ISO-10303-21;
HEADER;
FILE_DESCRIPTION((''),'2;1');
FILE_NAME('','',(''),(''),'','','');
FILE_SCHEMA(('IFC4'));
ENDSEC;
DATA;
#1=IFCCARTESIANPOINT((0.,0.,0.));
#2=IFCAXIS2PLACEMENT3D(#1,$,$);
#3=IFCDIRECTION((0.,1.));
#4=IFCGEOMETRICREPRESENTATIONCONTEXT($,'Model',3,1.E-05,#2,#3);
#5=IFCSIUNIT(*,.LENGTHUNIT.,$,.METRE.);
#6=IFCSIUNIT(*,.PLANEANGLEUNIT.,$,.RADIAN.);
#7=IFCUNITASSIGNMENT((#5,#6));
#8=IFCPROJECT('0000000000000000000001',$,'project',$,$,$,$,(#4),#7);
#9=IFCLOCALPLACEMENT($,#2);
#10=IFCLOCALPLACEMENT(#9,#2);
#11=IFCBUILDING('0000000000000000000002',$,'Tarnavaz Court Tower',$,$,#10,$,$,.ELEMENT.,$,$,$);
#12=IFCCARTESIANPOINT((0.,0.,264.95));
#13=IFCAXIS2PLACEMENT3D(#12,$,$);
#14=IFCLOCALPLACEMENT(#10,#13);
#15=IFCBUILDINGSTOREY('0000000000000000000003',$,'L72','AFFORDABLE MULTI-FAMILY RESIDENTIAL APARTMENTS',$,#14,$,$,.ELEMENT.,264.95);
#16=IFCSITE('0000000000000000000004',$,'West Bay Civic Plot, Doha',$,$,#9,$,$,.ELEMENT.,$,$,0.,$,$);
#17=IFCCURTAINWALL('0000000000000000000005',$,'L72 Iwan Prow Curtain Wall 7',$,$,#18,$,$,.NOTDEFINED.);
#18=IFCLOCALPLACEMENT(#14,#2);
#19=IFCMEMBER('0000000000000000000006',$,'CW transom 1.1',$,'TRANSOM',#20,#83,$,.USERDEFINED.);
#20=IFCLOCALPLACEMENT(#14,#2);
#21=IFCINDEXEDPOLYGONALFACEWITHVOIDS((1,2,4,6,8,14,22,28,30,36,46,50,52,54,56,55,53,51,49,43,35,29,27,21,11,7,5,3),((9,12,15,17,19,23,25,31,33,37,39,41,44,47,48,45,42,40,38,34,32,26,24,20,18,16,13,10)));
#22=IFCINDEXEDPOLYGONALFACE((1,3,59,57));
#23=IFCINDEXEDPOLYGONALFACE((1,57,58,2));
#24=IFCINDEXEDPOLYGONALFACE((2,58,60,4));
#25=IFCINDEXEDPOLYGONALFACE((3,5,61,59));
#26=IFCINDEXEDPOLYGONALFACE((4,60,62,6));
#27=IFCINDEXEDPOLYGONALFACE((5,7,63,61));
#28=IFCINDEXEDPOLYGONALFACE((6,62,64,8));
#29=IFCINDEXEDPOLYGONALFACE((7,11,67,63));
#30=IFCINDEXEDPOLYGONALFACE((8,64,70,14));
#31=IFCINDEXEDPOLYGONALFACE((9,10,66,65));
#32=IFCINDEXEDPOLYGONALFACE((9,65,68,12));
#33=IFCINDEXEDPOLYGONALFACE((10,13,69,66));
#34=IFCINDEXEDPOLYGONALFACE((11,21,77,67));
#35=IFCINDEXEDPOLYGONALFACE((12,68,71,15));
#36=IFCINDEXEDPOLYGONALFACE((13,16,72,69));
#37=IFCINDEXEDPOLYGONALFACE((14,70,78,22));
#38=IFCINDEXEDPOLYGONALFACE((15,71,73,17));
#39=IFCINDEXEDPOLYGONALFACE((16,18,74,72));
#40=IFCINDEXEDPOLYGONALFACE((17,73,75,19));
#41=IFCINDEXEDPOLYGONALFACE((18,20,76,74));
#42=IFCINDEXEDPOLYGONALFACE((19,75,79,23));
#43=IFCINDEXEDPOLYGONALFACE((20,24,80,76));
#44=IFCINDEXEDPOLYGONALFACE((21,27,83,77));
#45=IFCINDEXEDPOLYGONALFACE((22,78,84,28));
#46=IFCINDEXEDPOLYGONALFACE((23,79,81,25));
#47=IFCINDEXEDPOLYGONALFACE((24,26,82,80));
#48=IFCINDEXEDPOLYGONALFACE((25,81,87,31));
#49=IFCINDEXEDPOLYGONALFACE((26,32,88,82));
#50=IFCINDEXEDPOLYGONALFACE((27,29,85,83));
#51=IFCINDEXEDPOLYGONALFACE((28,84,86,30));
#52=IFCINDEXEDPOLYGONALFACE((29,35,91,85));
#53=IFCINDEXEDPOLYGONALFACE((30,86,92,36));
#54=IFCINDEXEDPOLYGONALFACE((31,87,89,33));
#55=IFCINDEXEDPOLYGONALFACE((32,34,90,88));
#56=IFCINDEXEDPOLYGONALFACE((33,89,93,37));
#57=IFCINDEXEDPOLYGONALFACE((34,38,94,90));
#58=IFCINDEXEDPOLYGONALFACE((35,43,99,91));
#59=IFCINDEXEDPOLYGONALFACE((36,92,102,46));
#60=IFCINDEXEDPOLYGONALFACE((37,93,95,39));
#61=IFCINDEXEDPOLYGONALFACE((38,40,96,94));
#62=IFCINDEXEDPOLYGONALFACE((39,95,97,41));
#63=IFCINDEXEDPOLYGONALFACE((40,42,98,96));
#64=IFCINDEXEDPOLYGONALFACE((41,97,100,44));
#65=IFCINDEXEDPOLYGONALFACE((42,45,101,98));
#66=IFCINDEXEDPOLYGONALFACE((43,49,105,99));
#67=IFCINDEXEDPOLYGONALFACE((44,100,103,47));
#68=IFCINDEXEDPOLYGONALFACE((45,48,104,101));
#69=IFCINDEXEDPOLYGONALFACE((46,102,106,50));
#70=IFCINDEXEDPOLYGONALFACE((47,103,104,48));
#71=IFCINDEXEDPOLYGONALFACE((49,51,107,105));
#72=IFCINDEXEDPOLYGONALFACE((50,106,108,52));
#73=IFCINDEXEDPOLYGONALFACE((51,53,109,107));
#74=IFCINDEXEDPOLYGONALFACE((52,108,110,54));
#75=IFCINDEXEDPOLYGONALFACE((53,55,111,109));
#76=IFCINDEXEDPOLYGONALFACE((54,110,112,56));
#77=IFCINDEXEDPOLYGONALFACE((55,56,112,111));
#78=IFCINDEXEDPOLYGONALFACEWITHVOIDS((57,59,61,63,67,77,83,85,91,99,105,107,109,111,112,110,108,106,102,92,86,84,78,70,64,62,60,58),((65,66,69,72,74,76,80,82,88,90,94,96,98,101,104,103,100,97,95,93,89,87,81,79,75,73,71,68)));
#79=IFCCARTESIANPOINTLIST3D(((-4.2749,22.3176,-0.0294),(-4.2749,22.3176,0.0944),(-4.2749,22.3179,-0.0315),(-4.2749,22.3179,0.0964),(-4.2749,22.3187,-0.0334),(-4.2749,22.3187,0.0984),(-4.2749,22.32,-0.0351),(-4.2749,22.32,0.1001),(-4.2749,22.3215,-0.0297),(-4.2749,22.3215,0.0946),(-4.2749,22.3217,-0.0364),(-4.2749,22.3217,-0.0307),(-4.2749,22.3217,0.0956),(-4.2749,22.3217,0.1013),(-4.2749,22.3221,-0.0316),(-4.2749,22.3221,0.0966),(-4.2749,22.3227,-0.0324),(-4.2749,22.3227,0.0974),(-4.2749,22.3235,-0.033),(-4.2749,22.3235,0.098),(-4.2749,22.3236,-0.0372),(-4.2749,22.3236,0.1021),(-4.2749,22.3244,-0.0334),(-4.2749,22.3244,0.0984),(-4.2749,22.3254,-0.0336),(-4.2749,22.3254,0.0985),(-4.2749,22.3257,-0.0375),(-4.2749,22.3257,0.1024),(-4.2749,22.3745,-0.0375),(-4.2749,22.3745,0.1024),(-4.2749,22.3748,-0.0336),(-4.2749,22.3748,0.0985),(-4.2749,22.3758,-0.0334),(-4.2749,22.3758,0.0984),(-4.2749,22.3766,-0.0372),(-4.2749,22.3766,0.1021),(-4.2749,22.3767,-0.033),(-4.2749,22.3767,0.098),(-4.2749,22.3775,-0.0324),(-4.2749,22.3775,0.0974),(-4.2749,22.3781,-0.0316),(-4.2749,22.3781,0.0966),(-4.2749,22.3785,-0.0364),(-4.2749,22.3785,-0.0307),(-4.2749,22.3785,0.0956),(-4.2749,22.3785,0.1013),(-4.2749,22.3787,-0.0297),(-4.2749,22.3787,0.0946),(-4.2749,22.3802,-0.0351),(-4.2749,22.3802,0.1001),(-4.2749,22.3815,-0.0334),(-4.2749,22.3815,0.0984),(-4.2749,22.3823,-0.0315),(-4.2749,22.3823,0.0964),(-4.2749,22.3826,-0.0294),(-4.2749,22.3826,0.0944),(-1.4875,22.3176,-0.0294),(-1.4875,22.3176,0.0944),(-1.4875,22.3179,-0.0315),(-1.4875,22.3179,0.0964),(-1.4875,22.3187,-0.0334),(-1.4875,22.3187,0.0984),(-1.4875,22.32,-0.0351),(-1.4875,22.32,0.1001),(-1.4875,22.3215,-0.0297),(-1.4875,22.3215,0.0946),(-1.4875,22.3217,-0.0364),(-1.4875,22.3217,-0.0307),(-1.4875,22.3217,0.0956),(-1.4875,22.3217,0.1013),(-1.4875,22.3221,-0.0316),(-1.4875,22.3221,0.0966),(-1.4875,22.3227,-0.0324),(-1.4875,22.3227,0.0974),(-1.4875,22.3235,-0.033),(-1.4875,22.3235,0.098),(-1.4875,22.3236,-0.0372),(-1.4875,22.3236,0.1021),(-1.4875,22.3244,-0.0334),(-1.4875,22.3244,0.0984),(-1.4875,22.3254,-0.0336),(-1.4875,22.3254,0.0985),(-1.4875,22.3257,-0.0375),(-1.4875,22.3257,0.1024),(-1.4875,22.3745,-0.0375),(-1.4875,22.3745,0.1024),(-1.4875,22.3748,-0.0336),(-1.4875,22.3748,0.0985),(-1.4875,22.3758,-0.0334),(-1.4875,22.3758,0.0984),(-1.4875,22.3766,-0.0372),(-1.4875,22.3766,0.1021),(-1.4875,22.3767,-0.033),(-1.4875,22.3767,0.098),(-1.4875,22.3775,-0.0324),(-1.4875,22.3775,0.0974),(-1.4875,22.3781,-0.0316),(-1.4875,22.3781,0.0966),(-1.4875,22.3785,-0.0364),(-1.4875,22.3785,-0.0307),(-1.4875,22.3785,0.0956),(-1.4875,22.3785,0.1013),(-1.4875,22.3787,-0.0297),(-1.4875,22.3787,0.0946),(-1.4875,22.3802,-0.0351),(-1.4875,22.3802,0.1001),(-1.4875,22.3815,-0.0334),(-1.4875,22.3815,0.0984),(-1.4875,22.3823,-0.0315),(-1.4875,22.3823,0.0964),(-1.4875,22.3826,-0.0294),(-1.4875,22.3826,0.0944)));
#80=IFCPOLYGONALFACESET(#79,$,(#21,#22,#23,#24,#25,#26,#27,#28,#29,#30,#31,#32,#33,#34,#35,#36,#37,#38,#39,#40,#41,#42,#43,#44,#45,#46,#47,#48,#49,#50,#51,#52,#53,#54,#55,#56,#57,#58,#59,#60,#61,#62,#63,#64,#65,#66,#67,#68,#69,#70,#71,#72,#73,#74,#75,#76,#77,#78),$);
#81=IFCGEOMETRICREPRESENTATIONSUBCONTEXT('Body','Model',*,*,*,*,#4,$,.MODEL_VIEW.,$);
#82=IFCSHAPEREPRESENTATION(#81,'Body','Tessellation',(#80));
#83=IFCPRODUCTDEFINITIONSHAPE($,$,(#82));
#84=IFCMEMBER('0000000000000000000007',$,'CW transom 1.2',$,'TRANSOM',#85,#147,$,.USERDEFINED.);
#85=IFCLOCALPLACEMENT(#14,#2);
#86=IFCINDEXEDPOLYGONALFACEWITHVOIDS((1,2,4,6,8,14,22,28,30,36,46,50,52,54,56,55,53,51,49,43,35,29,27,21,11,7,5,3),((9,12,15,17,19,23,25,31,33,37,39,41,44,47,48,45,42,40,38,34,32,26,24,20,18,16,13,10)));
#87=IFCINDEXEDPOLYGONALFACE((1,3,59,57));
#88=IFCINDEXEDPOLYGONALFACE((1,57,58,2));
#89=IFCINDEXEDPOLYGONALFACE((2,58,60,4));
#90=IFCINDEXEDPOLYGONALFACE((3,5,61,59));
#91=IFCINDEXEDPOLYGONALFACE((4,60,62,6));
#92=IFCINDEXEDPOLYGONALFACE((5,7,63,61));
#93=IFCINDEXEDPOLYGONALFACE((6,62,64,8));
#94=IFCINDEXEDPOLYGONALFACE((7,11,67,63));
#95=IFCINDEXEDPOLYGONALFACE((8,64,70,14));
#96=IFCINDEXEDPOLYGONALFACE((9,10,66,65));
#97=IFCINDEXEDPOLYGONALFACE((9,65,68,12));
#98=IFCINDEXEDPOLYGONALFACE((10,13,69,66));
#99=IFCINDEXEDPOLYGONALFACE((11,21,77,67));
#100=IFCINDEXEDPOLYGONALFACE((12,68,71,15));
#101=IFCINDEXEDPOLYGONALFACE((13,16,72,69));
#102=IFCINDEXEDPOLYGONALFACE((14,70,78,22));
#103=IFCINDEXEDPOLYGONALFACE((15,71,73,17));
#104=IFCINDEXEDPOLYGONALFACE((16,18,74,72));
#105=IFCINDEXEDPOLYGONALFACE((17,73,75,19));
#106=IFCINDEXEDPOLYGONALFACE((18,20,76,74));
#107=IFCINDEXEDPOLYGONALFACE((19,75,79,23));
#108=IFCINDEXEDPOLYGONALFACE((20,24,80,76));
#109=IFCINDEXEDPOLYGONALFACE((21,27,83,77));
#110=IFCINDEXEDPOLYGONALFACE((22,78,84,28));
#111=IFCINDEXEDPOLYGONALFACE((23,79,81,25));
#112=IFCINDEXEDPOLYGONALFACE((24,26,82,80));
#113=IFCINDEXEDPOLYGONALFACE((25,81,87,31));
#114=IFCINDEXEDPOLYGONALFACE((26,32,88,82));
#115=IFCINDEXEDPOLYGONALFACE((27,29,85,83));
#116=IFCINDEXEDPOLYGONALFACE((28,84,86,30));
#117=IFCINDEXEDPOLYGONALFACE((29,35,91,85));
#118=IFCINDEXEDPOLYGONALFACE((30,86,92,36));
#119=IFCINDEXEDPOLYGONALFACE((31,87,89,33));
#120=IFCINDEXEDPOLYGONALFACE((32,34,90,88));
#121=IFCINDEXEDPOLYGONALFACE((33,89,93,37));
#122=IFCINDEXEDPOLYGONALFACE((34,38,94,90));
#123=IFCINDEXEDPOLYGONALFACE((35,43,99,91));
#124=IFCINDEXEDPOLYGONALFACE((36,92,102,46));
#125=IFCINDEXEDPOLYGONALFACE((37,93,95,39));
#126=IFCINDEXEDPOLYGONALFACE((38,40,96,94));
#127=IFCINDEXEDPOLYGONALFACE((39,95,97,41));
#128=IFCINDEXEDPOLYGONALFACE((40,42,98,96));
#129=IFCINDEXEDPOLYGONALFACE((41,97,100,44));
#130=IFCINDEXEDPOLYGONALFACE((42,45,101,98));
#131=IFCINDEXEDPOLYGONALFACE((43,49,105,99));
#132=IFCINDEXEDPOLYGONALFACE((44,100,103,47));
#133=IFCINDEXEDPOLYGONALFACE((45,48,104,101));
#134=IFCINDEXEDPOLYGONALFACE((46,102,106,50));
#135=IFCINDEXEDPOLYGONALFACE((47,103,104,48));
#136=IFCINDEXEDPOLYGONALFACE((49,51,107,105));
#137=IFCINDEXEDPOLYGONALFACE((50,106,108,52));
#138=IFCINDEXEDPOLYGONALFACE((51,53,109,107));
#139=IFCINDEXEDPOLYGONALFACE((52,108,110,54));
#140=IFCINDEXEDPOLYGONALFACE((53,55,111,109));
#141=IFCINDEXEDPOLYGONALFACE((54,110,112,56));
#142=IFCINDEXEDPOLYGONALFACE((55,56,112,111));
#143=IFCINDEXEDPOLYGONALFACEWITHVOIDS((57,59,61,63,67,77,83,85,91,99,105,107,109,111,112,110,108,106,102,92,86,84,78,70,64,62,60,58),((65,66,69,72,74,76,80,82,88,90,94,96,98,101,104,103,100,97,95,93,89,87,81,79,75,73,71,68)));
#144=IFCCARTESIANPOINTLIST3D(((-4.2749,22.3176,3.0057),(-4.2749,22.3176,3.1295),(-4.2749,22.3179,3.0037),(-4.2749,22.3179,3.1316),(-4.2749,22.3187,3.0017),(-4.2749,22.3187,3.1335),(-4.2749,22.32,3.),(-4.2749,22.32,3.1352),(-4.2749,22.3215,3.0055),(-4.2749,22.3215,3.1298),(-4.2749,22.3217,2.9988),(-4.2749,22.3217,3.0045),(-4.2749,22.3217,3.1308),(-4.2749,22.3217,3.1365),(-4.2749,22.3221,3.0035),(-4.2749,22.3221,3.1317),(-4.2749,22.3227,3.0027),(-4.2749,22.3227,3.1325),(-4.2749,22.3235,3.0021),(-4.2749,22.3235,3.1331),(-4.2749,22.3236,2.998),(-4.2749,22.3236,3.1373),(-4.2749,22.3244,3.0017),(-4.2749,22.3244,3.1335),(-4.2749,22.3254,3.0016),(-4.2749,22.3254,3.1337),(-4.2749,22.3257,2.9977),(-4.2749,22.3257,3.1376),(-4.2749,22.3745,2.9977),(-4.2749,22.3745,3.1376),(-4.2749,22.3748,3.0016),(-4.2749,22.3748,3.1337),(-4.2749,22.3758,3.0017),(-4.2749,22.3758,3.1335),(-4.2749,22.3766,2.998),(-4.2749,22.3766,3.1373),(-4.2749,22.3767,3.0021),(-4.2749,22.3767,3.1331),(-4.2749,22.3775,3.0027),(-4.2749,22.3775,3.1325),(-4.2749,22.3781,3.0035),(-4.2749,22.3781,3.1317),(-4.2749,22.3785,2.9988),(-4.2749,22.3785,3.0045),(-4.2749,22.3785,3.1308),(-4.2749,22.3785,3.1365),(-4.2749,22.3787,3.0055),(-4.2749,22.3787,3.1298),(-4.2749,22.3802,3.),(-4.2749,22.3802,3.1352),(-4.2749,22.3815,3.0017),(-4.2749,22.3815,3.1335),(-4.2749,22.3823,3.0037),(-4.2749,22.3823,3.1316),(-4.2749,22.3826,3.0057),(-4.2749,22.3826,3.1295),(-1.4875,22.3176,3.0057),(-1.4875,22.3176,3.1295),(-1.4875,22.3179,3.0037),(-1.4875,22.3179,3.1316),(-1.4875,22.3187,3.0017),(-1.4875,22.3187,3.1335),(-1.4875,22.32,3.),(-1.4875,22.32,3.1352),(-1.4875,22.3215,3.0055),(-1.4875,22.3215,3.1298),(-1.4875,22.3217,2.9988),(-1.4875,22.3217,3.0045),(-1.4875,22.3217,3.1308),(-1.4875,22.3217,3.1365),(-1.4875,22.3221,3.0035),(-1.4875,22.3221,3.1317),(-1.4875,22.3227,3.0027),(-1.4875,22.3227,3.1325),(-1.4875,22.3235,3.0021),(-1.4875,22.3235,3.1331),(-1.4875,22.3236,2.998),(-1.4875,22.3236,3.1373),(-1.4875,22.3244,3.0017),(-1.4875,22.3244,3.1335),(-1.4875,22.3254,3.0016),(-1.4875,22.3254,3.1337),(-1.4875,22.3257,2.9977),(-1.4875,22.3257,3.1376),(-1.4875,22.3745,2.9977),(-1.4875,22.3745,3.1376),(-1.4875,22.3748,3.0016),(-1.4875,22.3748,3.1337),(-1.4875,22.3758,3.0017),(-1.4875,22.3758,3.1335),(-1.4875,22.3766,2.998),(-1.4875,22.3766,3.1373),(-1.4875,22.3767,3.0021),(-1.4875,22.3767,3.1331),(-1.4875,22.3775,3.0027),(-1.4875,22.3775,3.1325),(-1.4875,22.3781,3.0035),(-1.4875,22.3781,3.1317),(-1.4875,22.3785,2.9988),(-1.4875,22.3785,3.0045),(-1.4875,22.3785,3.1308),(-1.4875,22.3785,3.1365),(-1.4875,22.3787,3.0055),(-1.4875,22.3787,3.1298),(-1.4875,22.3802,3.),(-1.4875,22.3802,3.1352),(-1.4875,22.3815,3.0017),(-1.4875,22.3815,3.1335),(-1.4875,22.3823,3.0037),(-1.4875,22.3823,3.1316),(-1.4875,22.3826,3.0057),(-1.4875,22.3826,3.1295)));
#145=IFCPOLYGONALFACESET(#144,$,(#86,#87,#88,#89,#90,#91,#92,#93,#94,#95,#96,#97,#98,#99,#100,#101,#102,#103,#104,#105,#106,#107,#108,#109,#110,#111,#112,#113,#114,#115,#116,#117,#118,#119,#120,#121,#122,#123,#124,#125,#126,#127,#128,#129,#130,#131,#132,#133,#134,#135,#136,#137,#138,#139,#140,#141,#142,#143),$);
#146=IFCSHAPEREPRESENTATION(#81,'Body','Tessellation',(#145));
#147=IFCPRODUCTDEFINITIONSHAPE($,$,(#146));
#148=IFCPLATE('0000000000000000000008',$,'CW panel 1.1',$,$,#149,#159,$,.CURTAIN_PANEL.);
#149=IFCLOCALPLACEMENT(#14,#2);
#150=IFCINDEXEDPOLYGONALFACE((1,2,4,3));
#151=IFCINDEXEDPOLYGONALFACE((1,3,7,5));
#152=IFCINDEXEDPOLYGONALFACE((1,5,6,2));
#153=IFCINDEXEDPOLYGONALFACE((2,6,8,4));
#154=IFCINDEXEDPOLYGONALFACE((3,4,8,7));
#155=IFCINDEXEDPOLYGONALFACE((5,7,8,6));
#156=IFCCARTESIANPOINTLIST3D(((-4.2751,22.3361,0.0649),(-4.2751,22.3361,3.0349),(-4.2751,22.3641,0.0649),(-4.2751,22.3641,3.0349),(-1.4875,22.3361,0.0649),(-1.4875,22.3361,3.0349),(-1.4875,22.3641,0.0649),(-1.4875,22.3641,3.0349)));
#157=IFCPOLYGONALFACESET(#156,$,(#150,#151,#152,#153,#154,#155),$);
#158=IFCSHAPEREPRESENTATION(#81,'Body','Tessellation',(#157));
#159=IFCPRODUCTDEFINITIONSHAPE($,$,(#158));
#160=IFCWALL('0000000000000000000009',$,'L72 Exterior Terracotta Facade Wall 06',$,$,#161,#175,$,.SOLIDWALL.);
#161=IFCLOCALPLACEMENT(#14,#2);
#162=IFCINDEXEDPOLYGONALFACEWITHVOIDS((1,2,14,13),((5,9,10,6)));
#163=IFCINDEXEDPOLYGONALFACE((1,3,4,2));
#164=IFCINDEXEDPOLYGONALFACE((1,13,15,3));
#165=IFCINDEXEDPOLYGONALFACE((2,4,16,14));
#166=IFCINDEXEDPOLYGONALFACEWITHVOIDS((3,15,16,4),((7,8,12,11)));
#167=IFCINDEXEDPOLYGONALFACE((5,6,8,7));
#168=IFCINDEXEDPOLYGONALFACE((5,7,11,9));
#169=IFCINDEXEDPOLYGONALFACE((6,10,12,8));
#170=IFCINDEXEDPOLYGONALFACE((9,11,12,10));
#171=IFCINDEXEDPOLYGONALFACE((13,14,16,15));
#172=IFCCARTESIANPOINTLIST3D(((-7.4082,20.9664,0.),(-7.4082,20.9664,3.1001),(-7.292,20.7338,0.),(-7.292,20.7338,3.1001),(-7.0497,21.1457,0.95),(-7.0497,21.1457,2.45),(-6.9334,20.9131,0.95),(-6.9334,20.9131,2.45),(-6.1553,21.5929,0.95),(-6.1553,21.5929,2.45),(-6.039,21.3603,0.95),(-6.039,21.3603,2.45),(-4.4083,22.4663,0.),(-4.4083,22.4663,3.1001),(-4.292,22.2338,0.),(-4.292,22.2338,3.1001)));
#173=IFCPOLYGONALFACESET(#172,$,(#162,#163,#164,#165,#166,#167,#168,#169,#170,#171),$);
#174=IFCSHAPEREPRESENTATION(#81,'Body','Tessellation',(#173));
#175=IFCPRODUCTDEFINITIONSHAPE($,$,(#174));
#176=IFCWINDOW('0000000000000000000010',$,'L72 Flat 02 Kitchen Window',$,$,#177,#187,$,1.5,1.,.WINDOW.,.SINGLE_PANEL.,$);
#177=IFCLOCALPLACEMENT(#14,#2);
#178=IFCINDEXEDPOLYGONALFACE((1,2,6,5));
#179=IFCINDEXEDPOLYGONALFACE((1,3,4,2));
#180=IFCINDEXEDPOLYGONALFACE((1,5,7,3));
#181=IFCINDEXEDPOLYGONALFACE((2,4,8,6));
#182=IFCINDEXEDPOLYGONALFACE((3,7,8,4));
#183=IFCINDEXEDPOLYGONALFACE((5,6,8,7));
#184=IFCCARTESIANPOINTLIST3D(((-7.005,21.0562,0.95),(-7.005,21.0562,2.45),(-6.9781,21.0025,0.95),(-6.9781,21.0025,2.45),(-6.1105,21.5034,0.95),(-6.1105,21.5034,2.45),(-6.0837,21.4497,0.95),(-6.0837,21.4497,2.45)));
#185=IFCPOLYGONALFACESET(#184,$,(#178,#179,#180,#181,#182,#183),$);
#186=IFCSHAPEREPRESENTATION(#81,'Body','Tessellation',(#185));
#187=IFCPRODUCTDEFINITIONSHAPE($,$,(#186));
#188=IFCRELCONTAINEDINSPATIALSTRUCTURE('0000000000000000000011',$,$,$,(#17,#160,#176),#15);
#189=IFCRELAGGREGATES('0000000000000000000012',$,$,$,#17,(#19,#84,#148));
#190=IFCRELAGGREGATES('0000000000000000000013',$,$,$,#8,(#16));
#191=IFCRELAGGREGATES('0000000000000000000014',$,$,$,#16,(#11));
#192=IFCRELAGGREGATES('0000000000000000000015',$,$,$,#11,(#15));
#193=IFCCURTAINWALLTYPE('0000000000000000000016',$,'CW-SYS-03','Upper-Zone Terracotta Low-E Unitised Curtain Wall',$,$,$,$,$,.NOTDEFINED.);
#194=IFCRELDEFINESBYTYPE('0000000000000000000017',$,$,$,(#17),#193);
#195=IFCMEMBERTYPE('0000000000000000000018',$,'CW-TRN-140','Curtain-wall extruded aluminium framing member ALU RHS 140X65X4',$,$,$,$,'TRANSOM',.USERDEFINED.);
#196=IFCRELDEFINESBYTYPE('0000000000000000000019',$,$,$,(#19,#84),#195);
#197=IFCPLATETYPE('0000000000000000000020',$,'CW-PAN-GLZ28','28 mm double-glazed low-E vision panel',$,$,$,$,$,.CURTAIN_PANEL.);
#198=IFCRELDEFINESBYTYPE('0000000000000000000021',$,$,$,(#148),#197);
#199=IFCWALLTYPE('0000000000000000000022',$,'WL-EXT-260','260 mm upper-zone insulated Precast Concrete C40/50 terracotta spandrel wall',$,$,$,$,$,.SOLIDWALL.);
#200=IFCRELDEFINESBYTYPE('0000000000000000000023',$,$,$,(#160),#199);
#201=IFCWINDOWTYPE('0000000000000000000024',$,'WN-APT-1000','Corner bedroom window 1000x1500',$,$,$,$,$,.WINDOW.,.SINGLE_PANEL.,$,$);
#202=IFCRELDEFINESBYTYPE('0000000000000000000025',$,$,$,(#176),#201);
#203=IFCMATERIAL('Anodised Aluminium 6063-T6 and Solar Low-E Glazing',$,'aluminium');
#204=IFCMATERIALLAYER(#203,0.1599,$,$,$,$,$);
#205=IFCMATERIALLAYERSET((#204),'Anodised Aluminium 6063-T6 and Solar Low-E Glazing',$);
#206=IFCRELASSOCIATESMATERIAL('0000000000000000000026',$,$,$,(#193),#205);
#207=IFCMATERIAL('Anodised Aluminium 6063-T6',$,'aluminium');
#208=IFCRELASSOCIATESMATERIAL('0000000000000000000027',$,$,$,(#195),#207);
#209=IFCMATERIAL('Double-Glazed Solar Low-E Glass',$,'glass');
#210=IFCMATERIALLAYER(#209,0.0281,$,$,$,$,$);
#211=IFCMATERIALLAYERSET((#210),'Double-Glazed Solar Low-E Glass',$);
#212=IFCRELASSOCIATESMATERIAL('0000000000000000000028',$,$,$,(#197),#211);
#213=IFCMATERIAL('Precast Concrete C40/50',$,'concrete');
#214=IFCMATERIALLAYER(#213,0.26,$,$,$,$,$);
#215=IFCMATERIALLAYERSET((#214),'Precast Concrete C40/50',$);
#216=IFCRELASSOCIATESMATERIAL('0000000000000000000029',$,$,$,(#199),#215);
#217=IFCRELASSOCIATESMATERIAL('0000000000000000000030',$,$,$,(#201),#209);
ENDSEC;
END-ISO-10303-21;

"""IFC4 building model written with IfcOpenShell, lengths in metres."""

from ifc_helpers import new_model, si_unit, direction, frame, frame_2d, origin, origin_2d, place, context, subcontext, project, spatial, rectangle, hollow_rectangle, extrude, material, layer, layer_set, material_profile, profile_set, type_object, element, fill, aggregate, save


model = new_model("IFC4")

# Units and contexts
model_context = context("Model", 3, precision=1e-05, world=origin(), true_north=direction((0.0, 1.0)))
body_context = subcontext(model_context, "Body", "Model", "MODEL_VIEW")
ifc_project = project(units=[si_unit("LENGTHUNIT", "METRE"), si_unit("PLANEANGLEUNIT", "RADIAN")], contexts=[model_context])

# Site, building, storey
site_placement = place(None, origin())
site = spatial("IfcSite", under=ifc_project, at=site_placement, Name="West Bay Civic Plot, Doha", CompositionType="ELEMENT", RefElevation=0.0)
building_placement = place(site_placement, origin())
building = spatial("IfcBuilding", under=site, at=building_placement, Name="Tarnavaz Court Tower", CompositionType="ELEMENT")
storey_placement = place(building_placement, frame((0.0, 0.0, 264.95)))
storey = spatial("IfcBuildingStorey", under=building, at=storey_placement, Name="L72", Description="AFFORDABLE MULTI-FAMILY RESIDENTIAL APARTMENTS", CompositionType="ELEMENT", Elevation=264.95)

# Curtain wall, members, plate
ifc_material_1 = material(Name="Anodised Aluminium 6063-T6 and Solar Low-E Glazing", Category="aluminium")
ifc_layer_1 = layer(ifc_material_1, 0.1599)
ifc_layer_set_1 = layer_set([ifc_layer_1], Name="Anodised Aluminium 6063-T6 and Solar Low-E Glazing")
curtain_wall_type = type_object("IfcCurtainWallType", Name="CW-SYS-03", Description="Upper-Zone Terracotta Low-E Unitised Curtain Wall", PredefinedType="NOTDEFINED", material=ifc_layer_set_1)
curtain_wall_placement = place(storey_placement, origin())
curtain_wall = element("IfcCurtainWall", 1, at=curtain_wall_placement, inside=storey, type_object=curtain_wall_type, Name="L72 Iwan Prow Curtain Wall 7", PredefinedType="NOTDEFINED")
ifc_material_2 = material(Name="Anodised Aluminium 6063-T6", Category="aluminium")
ifc_material_profile_1 = material_profile(ifc_material_2, hollow_rectangle(XDim=0.0649, YDim=0.1399, WallThickness=0.0039, InnerFilletRadius=0.0039, OuterFilletRadius=0.0081, at=origin_2d()), Name="ALU RHS 140X65X4")
ifc_profile_set_1 = profile_set([ifc_material_profile_1], Name="Anodised Aluminium 6063-T6")
member_type_1 = type_object("IfcMemberType", Name="CW-TRN-140", Description="Curtain-wall extruded aluminium framing member ALU RHS 140X65X4", ElementType="TRANSOM", PredefinedType="USERDEFINED", material=ifc_profile_set_1)
member_1_placement = place(storey_placement, frame((-4.2749, 22.3501, 0.0325), z_axis=(1.0, 0.0, 0.0), x_axis=(0.0, 1.0, 0.0)))
member_1 = element("IfcMember", 2, at=member_1_placement, type_object=member_type_1, Name="CW transom 1.1", ObjectType="TRANSOM", PredefinedType="USERDEFINED", context=body_context, shape_type="SweptSolid", body=[
    extrude(hollow_rectangle(XDim=0.0649, YDim=0.1399, WallThickness=0.0039, InnerFilletRadius=0.0039, OuterFilletRadius=0.0081, at=origin_2d()), origin(), (0.0, 0.0, 1.0), 2.7874),
])
member_2_placement = place(storey_placement, frame((-4.2749, 22.3501, 3.0676), z_axis=(1.0, 0.0, 0.0), x_axis=(0.0, 1.0, 0.0)))
member_2 = element("IfcMember", 3, at=member_2_placement, type_object=member_type_1, Name="CW transom 1.2", ObjectType="TRANSOM", PredefinedType="USERDEFINED", context=body_context, shape_type="SweptSolid", body=[
    extrude(hollow_rectangle(XDim=0.0649, YDim=0.1399, WallThickness=0.0039, InnerFilletRadius=0.0039, OuterFilletRadius=0.0081, at=origin_2d()), origin(), (0.0, 0.0, 1.0), 2.7874),
])
ifc_material_3 = material(Name="Double-Glazed Solar Low-E Glass", Category="glass")
ifc_layer_2 = layer(ifc_material_3, 0.0281)
ifc_layer_set_2 = layer_set([ifc_layer_2], Name="Double-Glazed Solar Low-E Glass")
plate_type = type_object("IfcPlateType", Name="CW-PAN-GLZ28", Description="28 mm double-glazed low-E vision panel", PredefinedType="CURTAIN_PANEL", material=ifc_layer_set_2)
plate_placement = place(storey_placement, frame((-2.8813, 22.3501, 0.0649), z_axis=(0.0, 0.0, 1.0), x_axis=(1.0, 0.0, 0.0)))
plate = element("IfcPlate", 4, at=plate_placement, type_object=plate_type, Name="CW panel 1.1", PredefinedType="CURTAIN_PANEL", context=body_context, shape_type="SweptSolid", body=[
    extrude(rectangle(XDim=2.7876, YDim=0.0281, at=origin_2d()), origin(), (0.0, 0.0, 1.0), 2.97),
])
aggregate(curtain_wall, [member_1, member_2, plate])

# Wall, opening, window
ifc_material_4 = material(Name="Precast Concrete C40/50", Category="concrete")
ifc_layer_3 = layer(ifc_material_4, 0.26)
ifc_layer_set_3 = layer_set([ifc_layer_3], Name="Precast Concrete C40/50")
wall_type_1 = type_object("IfcWallType", Name="WL-EXT-260", Description="260 mm upper-zone insulated Precast Concrete C40/50 terracotta spandrel wall", PredefinedType="SOLIDWALL", material=ifc_layer_set_3)
wall_1_placement = place(storey_placement, frame((-7.3501, 20.8501, 0.0), z_axis=(0.0, 0.0, 1.0), x_axis=(0.894427, 0.447214, 0.0)))
wall_1 = element("IfcWall", 5, at=wall_1_placement, inside=storey, type_object=wall_type_1, Name="L72 Exterior Terracotta Facade Wall 06", PredefinedType="SOLIDWALL", context=body_context, shape_type="SweptSolid", body=[
    extrude(rectangle(XDim=3.354, YDim=0.26, at=frame_2d((1.677, 0.0))), origin(), (0.0, 0.0, 1.0), 3.1001),
])
opening_1_placement = place(wall_1_placement, frame((0.4009, 0.0, 0.95)))
opening_1 = element("IfcOpeningElement", 6, at=opening_1_placement, cuts=wall_1, PredefinedType="OPENING", context=body_context, shape_type="SweptSolid", body=[
    extrude(rectangle(XDim=1.0, YDim=1.5, at=frame_2d((0.5, 0.75))), frame((0.0, 0.1399, 0.0), z_axis=(0.0, -1.0, 0.0), x_axis=(1.0, 0.0, 0.0)), (0.0, 0.0, 1.0), 0.28),
])
window_type = type_object("IfcWindowType", Name="WN-APT-1000", Description="Corner bedroom window 1000x1500", PartitioningType="SINGLE_PANEL", PredefinedType="WINDOW", material=ifc_material_3)
window_placement = place(opening_1_placement, origin())
window = element("IfcWindow", 7, at=window_placement, inside=storey, type_object=window_type, Name="L72 Flat 02 Kitchen Window", OverallHeight=1.5, OverallWidth=1.0, PartitioningType="SINGLE_PANEL", PredefinedType="WINDOW", context=body_context, shape_type="SweptSolid", body=[
    extrude(rectangle(XDim=1.0, YDim=1.5, at=frame_2d((0.5, 0.75))), frame((0.0, 0.03, 0.0), z_axis=(0.0, -1.0, 0.0), x_axis=(1.0, 0.0, 0.0)), (0.0, 0.0, 1.0), 0.0601),
])
fill(opening_1, window)

save(model, "model.ifc")
